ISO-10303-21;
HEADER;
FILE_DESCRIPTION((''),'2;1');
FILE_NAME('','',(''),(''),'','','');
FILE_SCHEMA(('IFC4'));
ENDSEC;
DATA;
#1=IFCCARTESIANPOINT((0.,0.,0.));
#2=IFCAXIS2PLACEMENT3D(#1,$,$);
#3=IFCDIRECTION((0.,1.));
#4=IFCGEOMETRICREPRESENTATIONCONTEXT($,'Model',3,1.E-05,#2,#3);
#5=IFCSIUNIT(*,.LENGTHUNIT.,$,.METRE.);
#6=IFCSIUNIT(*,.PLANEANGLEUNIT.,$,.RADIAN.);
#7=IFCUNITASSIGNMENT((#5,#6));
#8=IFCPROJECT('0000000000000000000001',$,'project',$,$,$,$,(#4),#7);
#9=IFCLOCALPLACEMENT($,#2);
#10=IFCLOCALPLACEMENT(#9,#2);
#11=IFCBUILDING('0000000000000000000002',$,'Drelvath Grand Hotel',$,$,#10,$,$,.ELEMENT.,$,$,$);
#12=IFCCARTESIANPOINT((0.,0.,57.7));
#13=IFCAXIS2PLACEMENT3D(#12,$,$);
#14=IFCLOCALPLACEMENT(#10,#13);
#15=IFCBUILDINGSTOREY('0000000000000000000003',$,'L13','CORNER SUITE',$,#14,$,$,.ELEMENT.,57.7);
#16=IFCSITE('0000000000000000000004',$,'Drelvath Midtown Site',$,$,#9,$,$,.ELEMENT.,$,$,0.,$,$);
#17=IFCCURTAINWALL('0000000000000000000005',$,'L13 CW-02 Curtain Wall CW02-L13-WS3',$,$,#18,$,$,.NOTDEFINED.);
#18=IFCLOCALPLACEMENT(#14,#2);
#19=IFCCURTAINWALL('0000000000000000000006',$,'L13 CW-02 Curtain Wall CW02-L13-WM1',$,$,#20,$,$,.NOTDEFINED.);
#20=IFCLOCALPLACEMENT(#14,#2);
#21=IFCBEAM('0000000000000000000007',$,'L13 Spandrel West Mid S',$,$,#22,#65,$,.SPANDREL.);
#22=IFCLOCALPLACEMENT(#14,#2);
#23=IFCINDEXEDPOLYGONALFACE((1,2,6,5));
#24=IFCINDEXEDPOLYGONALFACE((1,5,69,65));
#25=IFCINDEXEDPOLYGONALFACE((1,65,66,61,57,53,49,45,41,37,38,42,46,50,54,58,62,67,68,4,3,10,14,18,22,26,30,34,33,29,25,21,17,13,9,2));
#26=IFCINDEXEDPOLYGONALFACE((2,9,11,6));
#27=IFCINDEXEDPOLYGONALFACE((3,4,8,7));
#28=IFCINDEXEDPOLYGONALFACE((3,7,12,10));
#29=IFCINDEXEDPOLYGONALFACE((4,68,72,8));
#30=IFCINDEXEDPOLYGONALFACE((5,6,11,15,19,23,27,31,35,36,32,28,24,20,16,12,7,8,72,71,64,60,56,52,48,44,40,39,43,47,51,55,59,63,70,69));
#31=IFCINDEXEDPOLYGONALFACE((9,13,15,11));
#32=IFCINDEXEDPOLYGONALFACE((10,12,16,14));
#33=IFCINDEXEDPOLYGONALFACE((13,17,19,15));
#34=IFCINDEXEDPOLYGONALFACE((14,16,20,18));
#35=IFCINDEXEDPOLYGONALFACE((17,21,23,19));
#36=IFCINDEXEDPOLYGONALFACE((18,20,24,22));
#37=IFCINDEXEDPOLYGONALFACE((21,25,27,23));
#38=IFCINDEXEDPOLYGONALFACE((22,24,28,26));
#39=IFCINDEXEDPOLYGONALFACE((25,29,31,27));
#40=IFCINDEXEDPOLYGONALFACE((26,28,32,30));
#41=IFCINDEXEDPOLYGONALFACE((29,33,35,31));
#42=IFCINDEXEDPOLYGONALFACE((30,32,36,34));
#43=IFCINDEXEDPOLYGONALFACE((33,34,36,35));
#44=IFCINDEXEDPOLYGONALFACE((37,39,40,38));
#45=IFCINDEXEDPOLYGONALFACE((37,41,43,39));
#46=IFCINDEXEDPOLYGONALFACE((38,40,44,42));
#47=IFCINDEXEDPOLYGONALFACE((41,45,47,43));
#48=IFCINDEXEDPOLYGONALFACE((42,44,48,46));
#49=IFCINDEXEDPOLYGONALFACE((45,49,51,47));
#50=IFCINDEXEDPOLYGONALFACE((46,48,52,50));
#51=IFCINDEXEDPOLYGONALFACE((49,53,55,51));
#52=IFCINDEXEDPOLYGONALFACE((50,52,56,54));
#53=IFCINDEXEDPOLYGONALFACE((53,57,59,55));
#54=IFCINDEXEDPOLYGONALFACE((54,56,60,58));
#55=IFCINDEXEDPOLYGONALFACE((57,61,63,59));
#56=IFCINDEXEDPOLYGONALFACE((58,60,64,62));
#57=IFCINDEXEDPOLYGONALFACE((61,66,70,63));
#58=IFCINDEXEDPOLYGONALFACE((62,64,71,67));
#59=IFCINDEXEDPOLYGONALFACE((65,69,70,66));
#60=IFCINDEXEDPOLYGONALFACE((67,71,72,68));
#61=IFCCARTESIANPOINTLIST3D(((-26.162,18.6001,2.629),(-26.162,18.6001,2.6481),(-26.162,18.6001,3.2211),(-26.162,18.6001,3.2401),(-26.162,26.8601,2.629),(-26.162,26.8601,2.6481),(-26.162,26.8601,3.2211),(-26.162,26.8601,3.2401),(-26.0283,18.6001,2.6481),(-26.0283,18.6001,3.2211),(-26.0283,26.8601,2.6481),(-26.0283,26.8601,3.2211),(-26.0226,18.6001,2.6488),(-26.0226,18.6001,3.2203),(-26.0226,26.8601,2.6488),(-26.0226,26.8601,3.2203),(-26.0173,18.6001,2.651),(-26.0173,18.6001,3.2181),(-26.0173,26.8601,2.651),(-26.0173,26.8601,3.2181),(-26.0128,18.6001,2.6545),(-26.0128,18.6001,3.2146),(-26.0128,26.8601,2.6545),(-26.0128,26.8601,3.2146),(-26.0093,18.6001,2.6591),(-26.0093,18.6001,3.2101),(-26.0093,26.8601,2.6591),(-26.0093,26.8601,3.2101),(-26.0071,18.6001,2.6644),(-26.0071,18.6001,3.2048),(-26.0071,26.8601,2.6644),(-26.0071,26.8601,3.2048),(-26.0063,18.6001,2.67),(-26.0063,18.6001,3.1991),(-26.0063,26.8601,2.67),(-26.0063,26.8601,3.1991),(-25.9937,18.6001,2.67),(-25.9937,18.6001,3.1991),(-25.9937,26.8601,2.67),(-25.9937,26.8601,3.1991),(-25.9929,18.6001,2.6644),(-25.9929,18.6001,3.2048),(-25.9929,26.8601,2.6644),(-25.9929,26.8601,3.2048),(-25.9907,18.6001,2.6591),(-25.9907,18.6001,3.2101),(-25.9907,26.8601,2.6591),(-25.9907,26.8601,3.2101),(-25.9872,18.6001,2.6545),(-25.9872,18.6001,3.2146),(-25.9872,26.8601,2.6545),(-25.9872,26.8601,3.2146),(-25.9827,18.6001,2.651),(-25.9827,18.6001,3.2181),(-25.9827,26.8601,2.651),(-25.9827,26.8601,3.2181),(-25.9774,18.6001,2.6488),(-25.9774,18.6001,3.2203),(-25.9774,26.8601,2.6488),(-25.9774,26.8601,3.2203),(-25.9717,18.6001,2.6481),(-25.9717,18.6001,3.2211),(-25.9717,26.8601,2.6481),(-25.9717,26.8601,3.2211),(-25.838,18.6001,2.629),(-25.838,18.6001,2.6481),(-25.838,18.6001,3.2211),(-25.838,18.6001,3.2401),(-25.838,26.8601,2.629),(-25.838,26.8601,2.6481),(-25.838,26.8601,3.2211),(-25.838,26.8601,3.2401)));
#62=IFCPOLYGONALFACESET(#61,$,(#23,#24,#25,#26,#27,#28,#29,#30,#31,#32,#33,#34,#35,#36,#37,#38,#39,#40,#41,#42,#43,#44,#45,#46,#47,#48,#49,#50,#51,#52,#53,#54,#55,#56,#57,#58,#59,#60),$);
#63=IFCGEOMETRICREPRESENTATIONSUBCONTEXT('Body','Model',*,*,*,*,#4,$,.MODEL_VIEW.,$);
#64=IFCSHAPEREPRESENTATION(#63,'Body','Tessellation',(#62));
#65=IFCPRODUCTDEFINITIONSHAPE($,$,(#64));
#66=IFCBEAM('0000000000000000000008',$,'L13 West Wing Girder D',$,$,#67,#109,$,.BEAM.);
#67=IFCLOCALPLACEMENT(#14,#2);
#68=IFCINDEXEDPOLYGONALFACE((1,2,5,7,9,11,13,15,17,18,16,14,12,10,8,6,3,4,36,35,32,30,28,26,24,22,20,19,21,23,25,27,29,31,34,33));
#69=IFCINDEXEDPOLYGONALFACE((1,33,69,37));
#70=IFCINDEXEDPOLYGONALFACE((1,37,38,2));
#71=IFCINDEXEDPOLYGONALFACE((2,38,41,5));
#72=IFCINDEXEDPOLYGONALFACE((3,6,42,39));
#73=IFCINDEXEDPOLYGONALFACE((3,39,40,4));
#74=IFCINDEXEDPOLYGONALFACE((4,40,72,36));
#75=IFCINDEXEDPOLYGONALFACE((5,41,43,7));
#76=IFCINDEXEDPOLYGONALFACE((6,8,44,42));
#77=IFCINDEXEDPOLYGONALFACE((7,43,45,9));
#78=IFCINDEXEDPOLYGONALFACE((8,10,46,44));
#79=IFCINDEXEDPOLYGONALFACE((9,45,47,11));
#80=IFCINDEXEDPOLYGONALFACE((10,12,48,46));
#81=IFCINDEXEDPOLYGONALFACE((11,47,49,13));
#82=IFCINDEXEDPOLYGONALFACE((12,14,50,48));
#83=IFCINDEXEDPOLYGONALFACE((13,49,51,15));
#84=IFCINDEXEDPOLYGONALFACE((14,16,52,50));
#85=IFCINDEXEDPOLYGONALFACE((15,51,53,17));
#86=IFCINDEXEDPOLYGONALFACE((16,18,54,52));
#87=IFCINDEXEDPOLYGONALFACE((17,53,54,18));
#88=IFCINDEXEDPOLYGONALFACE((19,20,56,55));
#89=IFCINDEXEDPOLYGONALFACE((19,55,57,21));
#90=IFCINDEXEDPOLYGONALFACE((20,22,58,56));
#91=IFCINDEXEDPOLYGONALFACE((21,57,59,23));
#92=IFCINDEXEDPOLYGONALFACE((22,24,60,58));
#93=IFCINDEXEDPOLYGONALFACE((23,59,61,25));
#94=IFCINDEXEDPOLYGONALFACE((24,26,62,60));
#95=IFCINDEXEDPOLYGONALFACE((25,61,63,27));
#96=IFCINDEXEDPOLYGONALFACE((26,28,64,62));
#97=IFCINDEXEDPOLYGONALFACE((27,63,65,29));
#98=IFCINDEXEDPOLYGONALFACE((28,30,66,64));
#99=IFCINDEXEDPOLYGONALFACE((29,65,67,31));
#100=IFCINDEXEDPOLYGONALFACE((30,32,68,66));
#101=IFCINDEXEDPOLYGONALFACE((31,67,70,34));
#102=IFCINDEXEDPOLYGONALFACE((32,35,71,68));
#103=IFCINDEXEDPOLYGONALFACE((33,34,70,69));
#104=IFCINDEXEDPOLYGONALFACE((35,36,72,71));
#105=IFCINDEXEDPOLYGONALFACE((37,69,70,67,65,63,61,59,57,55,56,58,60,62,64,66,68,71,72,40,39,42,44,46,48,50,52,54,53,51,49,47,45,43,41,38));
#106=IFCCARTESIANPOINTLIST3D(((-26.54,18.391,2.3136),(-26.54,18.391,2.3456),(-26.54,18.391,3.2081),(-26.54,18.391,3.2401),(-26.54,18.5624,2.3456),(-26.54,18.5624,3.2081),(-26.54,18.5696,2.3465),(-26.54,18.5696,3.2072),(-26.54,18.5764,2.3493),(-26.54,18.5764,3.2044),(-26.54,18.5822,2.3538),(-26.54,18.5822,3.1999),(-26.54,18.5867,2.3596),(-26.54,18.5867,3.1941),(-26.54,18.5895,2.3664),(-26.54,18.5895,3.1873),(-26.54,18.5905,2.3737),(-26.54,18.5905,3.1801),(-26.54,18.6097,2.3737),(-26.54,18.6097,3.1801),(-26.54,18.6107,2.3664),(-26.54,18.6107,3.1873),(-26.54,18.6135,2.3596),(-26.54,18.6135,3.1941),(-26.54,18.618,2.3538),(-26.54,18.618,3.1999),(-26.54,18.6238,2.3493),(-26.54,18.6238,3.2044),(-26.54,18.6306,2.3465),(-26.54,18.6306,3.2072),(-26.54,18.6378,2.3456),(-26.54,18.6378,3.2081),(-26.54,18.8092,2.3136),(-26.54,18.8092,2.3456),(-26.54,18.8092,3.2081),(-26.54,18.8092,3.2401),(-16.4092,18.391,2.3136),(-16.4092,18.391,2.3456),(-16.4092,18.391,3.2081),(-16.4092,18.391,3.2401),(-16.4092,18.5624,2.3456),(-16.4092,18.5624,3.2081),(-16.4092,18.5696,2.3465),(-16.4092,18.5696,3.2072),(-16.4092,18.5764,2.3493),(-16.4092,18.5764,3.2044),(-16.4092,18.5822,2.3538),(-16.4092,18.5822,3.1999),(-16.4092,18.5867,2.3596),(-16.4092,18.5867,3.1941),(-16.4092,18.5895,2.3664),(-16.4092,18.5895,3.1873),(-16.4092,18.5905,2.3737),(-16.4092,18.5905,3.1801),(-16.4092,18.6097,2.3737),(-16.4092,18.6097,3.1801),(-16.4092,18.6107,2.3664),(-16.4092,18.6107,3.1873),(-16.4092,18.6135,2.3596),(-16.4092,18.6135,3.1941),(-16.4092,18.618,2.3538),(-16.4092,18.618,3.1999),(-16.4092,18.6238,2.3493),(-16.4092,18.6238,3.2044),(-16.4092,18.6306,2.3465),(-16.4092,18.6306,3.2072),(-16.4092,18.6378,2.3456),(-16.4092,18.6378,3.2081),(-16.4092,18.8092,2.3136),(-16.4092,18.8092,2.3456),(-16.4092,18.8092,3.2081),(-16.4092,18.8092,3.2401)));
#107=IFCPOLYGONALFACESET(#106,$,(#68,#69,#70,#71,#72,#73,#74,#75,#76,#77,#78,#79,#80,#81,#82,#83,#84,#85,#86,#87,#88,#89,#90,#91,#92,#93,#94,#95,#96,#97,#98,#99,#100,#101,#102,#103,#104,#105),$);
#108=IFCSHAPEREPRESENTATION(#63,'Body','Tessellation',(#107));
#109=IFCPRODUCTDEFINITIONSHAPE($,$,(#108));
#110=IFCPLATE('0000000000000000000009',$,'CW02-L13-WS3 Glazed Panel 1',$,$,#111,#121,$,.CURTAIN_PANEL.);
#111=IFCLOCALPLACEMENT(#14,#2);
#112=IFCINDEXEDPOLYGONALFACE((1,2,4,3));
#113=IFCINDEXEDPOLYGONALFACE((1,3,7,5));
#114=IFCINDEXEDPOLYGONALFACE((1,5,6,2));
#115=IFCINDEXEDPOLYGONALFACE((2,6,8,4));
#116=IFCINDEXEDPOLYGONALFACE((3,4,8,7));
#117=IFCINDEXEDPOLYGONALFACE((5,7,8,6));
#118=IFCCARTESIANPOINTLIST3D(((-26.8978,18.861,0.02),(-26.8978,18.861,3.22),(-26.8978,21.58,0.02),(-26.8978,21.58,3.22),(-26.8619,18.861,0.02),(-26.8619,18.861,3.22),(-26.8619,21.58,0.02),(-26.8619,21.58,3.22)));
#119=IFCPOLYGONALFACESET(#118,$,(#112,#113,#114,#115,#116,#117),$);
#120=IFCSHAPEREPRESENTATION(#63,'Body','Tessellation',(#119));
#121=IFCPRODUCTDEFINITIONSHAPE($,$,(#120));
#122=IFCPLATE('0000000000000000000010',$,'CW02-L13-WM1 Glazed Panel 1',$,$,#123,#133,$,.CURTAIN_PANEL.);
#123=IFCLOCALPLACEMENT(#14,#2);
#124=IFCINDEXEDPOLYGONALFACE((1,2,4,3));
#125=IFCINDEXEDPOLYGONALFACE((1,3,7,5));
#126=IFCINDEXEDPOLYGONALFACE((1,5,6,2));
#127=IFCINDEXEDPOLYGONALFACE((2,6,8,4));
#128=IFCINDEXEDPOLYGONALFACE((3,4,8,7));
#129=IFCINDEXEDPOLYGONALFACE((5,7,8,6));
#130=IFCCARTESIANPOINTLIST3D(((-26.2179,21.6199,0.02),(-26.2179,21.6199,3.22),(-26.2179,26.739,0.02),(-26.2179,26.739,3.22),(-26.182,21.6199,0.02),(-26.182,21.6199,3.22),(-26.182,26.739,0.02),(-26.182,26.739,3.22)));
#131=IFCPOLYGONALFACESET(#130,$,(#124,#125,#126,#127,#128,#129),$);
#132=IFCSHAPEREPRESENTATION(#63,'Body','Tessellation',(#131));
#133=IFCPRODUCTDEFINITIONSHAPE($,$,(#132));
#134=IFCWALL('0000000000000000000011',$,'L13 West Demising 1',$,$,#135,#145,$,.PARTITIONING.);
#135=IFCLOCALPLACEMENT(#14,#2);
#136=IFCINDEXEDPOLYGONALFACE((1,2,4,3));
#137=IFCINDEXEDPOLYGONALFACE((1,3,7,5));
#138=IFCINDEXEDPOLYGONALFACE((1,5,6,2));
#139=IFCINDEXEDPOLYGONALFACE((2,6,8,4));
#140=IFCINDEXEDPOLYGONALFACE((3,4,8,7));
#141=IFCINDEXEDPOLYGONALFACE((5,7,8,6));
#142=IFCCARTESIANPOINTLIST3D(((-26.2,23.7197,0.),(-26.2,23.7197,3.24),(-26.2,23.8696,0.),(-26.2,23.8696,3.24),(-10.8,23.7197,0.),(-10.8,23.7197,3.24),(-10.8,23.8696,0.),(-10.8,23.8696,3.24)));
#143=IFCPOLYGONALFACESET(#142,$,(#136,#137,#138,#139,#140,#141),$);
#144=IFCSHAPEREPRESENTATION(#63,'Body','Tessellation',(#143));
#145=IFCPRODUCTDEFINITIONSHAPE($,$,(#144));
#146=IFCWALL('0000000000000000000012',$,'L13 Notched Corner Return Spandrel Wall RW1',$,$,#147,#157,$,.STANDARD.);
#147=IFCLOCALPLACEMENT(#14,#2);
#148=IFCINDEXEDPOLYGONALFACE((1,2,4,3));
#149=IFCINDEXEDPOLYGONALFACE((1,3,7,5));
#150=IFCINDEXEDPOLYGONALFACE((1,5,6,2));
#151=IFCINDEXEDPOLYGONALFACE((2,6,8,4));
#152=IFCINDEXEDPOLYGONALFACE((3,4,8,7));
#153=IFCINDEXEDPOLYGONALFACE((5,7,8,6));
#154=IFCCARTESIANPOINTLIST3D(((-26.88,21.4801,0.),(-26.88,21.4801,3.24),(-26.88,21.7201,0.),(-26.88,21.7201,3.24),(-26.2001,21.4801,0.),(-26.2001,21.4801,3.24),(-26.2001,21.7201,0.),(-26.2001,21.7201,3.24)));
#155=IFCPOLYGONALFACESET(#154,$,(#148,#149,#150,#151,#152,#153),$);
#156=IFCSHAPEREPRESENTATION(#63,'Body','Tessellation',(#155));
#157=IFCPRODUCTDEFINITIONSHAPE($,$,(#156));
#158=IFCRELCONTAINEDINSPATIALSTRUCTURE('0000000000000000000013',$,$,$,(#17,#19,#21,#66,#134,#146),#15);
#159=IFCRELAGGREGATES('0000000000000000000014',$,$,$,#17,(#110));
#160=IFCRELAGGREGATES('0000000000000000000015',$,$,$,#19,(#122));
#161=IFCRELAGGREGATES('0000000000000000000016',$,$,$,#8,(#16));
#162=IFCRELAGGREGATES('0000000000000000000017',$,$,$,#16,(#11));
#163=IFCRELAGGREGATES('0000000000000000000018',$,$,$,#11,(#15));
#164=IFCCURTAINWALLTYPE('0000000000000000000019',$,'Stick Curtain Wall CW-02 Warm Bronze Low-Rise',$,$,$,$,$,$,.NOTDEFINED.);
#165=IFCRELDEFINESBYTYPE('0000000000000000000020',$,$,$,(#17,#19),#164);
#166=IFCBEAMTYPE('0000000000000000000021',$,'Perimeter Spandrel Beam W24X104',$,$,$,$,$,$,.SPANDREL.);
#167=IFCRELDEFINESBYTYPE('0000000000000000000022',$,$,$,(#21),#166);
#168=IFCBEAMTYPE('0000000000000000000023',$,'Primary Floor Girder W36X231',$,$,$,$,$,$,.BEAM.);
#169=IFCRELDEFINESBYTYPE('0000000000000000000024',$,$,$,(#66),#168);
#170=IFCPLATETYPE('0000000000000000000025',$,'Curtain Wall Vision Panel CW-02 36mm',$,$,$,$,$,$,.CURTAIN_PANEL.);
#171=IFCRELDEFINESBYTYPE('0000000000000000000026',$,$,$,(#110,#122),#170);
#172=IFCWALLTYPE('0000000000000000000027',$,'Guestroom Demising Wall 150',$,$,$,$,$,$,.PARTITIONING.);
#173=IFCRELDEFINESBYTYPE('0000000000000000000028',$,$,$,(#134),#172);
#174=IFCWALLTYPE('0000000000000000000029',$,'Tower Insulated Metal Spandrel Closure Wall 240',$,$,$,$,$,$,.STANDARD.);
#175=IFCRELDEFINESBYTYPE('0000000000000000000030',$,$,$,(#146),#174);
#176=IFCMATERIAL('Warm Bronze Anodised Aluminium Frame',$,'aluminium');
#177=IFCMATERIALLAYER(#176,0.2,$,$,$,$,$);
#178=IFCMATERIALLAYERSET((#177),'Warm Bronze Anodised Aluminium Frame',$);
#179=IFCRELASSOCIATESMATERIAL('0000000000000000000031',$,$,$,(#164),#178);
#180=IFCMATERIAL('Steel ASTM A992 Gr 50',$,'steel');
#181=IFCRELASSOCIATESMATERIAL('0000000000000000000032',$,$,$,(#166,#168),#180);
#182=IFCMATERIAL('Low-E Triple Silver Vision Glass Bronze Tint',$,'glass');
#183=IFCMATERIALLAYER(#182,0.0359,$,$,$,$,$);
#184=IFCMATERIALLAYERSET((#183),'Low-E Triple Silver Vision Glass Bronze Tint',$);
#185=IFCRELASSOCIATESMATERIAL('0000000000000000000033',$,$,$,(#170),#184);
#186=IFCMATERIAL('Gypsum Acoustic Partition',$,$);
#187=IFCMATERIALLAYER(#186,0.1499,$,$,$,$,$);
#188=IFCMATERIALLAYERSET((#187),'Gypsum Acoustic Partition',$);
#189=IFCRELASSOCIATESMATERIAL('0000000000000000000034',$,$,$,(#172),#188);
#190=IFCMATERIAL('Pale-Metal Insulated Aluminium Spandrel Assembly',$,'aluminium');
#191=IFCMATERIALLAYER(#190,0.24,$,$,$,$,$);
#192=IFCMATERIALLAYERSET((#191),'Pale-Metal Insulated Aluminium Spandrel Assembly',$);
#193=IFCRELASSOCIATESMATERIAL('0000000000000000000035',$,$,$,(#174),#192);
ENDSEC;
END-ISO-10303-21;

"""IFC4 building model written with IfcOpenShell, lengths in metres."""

from ifc_helpers import new_model, si_unit, direction, frame, frame_2d, origin, origin_2d, place, context, subcontext, project, spatial, rectangle, i_section, extrude, material, layer, layer_set, material_profile, profile_set, type_object, element, aggregate, save


model = new_model("IFC4")

# Units and contexts
model_context = context("Model", 3, precision=1e-05, world=origin(), true_north=direction((0.0, 1.0)))
body_context = subcontext(model_context, "Body", "Model", "MODEL_VIEW")
ifc_project = project(units=[si_unit("LENGTHUNIT", "METRE"), si_unit("PLANEANGLEUNIT", "RADIAN")], contexts=[model_context])

# Site, building, storey
site_placement = place(None, origin())
site = spatial("IfcSite", under=ifc_project, at=site_placement, Name="Drelvath Midtown Site", CompositionType="ELEMENT", RefElevation=0.0)
building_placement = place(site_placement, origin())
building = spatial("IfcBuilding", under=site, at=building_placement, Name="Drelvath Grand Hotel", CompositionType="ELEMENT")
storey_placement = place(building_placement, frame((0.0, 0.0, 57.7)))
storey = spatial("IfcBuildingStorey", under=building, at=storey_placement, Name="L13", Description="CORNER SUITE", CompositionType="ELEMENT", Elevation=57.7)

# Curtain walls
ifc_material_1 = material(Name="Warm Bronze Anodised Aluminium Frame", Category="aluminium")
ifc_layer_1 = layer(ifc_material_1, 0.2)
ifc_layer_set_1 = layer_set([ifc_layer_1], Name="Warm Bronze Anodised Aluminium Frame")
curtain_wall_type = type_object("IfcCurtainWallType", Name="Stick Curtain Wall CW-02 Warm Bronze Low-Rise", PredefinedType="NOTDEFINED", material=ifc_layer_set_1)
curtain_wall_1_placement = place(storey_placement, origin())
curtain_wall_1 = element("IfcCurtainWall", 1, at=curtain_wall_1_placement, inside=storey, type_object=curtain_wall_type, Name="L13 CW-02 Curtain Wall CW02-L13-WS3", PredefinedType="NOTDEFINED")
curtain_wall_2_placement = place(storey_placement, origin())
curtain_wall_2 = element("IfcCurtainWall", 2, at=curtain_wall_2_placement, inside=storey, type_object=curtain_wall_type, Name="L13 CW-02 Curtain Wall CW02-L13-WM1", PredefinedType="NOTDEFINED")

# Beams
ifc_material_2 = material(Name="Steel ASTM A992 Gr 50", Category="steel")
ifc_material_profile_1 = material_profile(ifc_material_2, i_section(OverallWidth=0.324, OverallDepth=0.6111, WebThickness=0.0127, FlangeThickness=0.019, FilletRadius=0.022, at=origin_2d()), Name="W24X104")
ifc_profile_set_1 = profile_set([ifc_material_profile_1], Name="Steel ASTM A992 Gr 50")
beam_type_1 = type_object("IfcBeamType", Name="Perimeter Spandrel Beam W24X104", PredefinedType="SPANDREL", material=ifc_profile_set_1)
beam_1_placement = place(storey_placement, frame((-26.0, 18.6001, 2.9346), z_axis=(0.0, 1.0, 0.0), x_axis=(-1.0, 0.0, 0.0)))
element("IfcBeam", 3, at=beam_1_placement, inside=storey, type_object=beam_type_1, Name="L13 Spandrel West Mid S", PredefinedType="SPANDREL", context=body_context, shape_type="SweptSolid", body=[
    extrude(i_section(OverallWidth=0.324, OverallDepth=0.6111, WebThickness=0.0127, FlangeThickness=0.019, FilletRadius=0.022, at=origin_2d()), origin(), (0.0, 0.0, 1.0), 8.26),
])
ifc_material_profile_2 = material_profile(ifc_material_2, i_section(OverallWidth=0.4182, OverallDepth=0.9265, WebThickness=0.0193, FlangeThickness=0.032, FilletRadius=0.0281, at=origin_2d()), Name="W36X231")
ifc_profile_set_2 = profile_set([ifc_material_profile_2], Name="Steel ASTM A992 Gr 50")
beam_type_2 = type_object("IfcBeamType", Name="Primary Floor Girder W36X231", PredefinedType="BEAM", material=ifc_profile_set_2)
beam_2_placement = place(storey_placement, frame((-26.54, 18.6001, 2.7769), z_axis=(1.0, 0.0, 0.0), x_axis=(0.0, 1.0, 0.0)))
element("IfcBeam", 4, at=beam_2_placement, inside=storey, type_object=beam_type_2, Name="L13 West Wing Girder D", PredefinedType="BEAM", context=body_context, shape_type="SweptSolid", body=[
    extrude(i_section(OverallWidth=0.4182, OverallDepth=0.9265, WebThickness=0.0193, FlangeThickness=0.032, FilletRadius=0.0281, at=origin_2d()), origin(), (0.0, 0.0, 1.0), 10.1309),
])

# Plates
ifc_material_3 = material(Name="Low-E Triple Silver Vision Glass Bronze Tint", Category="glass")
ifc_layer_2 = layer(ifc_material_3, 0.0359)
ifc_layer_set_2 = layer_set([ifc_layer_2], Name="Low-E Triple Silver Vision Glass Bronze Tint")
plate_type = type_object("IfcPlateType", Name="Curtain Wall Vision Panel CW-02 36mm", PredefinedType="CURTAIN_PANEL", material=ifc_layer_set_2)
plate_1_placement = place(storey_placement, frame((-26.8799, 20.2205, 0.02), z_axis=(0.0, 0.0, 1.0), x_axis=(0.0, 1.0, 0.0)))
plate_1 = element("IfcPlate", 5, at=plate_1_placement, type_object=plate_type, Name="CW02-L13-WS3 Glazed Panel 1", PredefinedType="CURTAIN_PANEL", context=body_context, shape_type="SweptSolid", body=[
    extrude(rectangle(XDim=2.719, YDim=0.0359, at=origin_2d()), origin(), (0.0, 0.0, 1.0), 3.2),
])
aggregate(curtain_wall_1, [plate_1])
plate_2_placement = place(storey_placement, frame((-26.2, 24.1794, 0.02), z_axis=(0.0, 0.0, 1.0), x_axis=(0.0, 1.0, 0.0)))
plate_2 = element("IfcPlate", 6, at=plate_2_placement, type_object=plate_type, Name="CW02-L13-WM1 Glazed Panel 1", PredefinedType="CURTAIN_PANEL", context=body_context, shape_type="SweptSolid", body=[
    extrude(rectangle(XDim=5.1191, YDim=0.0359, at=origin_2d()), origin(), (0.0, 0.0, 1.0), 3.2),
])
aggregate(curtain_wall_2, [plate_2])

# Walls
ifc_material_4 = material(Name="Gypsum Acoustic Partition")
ifc_layer_3 = layer(ifc_material_4, 0.1499)
ifc_layer_set_3 = layer_set([ifc_layer_3], Name="Gypsum Acoustic Partition")
wall_type_1 = type_object("IfcWallType", Name="Guestroom Demising Wall 150", PredefinedType="PARTITIONING", material=ifc_layer_set_3)
wall_1_placement = place(storey_placement, frame((-26.2, 23.7947, 0.0), z_axis=(0.0, 0.0, 1.0), x_axis=(1.0, 0.0, 0.0)))
element("IfcWall", 7, at=wall_1_placement, inside=storey, type_object=wall_type_1, Name="L13 West Demising 1", PredefinedType="PARTITIONING", context=body_context, shape_type="SweptSolid", body=[
    extrude(rectangle(XDim=15.3999, YDim=0.1499, at=frame_2d((7.7, 0.0))), origin(), (0.0, 0.0, 1.0), 3.24),
])
ifc_material_5 = material(Name="Pale-Metal Insulated Aluminium Spandrel Assembly", Category="aluminium")
ifc_layer_4 = layer(ifc_material_5, 0.24)
ifc_layer_set_4 = layer_set([ifc_layer_4], Name="Pale-Metal Insulated Aluminium Spandrel Assembly")
wall_type_2 = type_object("IfcWallType", Name="Tower Insulated Metal Spandrel Closure Wall 240", PredefinedType="STANDARD", material=ifc_layer_set_4)
wall_2_placement = place(storey_placement, frame((-26.8799, 21.6001, 0.0), z_axis=(0.0, 0.0, 1.0), x_axis=(1.0, 0.0, 0.0)))
element("IfcWall", 8, at=wall_2_placement, inside=storey, type_object=wall_type_2, Name="L13 Notched Corner Return Spandrel Wall RW1", PredefinedType="STANDARD", context=body_context, shape_type="SweptSolid", body=[
    extrude(rectangle(XDim=0.6799, YDim=0.24, at=frame_2d((0.3398, 0.0))), origin(), (0.0, 0.0, 1.0), 3.24),
])

save(model, "model.ifc")
